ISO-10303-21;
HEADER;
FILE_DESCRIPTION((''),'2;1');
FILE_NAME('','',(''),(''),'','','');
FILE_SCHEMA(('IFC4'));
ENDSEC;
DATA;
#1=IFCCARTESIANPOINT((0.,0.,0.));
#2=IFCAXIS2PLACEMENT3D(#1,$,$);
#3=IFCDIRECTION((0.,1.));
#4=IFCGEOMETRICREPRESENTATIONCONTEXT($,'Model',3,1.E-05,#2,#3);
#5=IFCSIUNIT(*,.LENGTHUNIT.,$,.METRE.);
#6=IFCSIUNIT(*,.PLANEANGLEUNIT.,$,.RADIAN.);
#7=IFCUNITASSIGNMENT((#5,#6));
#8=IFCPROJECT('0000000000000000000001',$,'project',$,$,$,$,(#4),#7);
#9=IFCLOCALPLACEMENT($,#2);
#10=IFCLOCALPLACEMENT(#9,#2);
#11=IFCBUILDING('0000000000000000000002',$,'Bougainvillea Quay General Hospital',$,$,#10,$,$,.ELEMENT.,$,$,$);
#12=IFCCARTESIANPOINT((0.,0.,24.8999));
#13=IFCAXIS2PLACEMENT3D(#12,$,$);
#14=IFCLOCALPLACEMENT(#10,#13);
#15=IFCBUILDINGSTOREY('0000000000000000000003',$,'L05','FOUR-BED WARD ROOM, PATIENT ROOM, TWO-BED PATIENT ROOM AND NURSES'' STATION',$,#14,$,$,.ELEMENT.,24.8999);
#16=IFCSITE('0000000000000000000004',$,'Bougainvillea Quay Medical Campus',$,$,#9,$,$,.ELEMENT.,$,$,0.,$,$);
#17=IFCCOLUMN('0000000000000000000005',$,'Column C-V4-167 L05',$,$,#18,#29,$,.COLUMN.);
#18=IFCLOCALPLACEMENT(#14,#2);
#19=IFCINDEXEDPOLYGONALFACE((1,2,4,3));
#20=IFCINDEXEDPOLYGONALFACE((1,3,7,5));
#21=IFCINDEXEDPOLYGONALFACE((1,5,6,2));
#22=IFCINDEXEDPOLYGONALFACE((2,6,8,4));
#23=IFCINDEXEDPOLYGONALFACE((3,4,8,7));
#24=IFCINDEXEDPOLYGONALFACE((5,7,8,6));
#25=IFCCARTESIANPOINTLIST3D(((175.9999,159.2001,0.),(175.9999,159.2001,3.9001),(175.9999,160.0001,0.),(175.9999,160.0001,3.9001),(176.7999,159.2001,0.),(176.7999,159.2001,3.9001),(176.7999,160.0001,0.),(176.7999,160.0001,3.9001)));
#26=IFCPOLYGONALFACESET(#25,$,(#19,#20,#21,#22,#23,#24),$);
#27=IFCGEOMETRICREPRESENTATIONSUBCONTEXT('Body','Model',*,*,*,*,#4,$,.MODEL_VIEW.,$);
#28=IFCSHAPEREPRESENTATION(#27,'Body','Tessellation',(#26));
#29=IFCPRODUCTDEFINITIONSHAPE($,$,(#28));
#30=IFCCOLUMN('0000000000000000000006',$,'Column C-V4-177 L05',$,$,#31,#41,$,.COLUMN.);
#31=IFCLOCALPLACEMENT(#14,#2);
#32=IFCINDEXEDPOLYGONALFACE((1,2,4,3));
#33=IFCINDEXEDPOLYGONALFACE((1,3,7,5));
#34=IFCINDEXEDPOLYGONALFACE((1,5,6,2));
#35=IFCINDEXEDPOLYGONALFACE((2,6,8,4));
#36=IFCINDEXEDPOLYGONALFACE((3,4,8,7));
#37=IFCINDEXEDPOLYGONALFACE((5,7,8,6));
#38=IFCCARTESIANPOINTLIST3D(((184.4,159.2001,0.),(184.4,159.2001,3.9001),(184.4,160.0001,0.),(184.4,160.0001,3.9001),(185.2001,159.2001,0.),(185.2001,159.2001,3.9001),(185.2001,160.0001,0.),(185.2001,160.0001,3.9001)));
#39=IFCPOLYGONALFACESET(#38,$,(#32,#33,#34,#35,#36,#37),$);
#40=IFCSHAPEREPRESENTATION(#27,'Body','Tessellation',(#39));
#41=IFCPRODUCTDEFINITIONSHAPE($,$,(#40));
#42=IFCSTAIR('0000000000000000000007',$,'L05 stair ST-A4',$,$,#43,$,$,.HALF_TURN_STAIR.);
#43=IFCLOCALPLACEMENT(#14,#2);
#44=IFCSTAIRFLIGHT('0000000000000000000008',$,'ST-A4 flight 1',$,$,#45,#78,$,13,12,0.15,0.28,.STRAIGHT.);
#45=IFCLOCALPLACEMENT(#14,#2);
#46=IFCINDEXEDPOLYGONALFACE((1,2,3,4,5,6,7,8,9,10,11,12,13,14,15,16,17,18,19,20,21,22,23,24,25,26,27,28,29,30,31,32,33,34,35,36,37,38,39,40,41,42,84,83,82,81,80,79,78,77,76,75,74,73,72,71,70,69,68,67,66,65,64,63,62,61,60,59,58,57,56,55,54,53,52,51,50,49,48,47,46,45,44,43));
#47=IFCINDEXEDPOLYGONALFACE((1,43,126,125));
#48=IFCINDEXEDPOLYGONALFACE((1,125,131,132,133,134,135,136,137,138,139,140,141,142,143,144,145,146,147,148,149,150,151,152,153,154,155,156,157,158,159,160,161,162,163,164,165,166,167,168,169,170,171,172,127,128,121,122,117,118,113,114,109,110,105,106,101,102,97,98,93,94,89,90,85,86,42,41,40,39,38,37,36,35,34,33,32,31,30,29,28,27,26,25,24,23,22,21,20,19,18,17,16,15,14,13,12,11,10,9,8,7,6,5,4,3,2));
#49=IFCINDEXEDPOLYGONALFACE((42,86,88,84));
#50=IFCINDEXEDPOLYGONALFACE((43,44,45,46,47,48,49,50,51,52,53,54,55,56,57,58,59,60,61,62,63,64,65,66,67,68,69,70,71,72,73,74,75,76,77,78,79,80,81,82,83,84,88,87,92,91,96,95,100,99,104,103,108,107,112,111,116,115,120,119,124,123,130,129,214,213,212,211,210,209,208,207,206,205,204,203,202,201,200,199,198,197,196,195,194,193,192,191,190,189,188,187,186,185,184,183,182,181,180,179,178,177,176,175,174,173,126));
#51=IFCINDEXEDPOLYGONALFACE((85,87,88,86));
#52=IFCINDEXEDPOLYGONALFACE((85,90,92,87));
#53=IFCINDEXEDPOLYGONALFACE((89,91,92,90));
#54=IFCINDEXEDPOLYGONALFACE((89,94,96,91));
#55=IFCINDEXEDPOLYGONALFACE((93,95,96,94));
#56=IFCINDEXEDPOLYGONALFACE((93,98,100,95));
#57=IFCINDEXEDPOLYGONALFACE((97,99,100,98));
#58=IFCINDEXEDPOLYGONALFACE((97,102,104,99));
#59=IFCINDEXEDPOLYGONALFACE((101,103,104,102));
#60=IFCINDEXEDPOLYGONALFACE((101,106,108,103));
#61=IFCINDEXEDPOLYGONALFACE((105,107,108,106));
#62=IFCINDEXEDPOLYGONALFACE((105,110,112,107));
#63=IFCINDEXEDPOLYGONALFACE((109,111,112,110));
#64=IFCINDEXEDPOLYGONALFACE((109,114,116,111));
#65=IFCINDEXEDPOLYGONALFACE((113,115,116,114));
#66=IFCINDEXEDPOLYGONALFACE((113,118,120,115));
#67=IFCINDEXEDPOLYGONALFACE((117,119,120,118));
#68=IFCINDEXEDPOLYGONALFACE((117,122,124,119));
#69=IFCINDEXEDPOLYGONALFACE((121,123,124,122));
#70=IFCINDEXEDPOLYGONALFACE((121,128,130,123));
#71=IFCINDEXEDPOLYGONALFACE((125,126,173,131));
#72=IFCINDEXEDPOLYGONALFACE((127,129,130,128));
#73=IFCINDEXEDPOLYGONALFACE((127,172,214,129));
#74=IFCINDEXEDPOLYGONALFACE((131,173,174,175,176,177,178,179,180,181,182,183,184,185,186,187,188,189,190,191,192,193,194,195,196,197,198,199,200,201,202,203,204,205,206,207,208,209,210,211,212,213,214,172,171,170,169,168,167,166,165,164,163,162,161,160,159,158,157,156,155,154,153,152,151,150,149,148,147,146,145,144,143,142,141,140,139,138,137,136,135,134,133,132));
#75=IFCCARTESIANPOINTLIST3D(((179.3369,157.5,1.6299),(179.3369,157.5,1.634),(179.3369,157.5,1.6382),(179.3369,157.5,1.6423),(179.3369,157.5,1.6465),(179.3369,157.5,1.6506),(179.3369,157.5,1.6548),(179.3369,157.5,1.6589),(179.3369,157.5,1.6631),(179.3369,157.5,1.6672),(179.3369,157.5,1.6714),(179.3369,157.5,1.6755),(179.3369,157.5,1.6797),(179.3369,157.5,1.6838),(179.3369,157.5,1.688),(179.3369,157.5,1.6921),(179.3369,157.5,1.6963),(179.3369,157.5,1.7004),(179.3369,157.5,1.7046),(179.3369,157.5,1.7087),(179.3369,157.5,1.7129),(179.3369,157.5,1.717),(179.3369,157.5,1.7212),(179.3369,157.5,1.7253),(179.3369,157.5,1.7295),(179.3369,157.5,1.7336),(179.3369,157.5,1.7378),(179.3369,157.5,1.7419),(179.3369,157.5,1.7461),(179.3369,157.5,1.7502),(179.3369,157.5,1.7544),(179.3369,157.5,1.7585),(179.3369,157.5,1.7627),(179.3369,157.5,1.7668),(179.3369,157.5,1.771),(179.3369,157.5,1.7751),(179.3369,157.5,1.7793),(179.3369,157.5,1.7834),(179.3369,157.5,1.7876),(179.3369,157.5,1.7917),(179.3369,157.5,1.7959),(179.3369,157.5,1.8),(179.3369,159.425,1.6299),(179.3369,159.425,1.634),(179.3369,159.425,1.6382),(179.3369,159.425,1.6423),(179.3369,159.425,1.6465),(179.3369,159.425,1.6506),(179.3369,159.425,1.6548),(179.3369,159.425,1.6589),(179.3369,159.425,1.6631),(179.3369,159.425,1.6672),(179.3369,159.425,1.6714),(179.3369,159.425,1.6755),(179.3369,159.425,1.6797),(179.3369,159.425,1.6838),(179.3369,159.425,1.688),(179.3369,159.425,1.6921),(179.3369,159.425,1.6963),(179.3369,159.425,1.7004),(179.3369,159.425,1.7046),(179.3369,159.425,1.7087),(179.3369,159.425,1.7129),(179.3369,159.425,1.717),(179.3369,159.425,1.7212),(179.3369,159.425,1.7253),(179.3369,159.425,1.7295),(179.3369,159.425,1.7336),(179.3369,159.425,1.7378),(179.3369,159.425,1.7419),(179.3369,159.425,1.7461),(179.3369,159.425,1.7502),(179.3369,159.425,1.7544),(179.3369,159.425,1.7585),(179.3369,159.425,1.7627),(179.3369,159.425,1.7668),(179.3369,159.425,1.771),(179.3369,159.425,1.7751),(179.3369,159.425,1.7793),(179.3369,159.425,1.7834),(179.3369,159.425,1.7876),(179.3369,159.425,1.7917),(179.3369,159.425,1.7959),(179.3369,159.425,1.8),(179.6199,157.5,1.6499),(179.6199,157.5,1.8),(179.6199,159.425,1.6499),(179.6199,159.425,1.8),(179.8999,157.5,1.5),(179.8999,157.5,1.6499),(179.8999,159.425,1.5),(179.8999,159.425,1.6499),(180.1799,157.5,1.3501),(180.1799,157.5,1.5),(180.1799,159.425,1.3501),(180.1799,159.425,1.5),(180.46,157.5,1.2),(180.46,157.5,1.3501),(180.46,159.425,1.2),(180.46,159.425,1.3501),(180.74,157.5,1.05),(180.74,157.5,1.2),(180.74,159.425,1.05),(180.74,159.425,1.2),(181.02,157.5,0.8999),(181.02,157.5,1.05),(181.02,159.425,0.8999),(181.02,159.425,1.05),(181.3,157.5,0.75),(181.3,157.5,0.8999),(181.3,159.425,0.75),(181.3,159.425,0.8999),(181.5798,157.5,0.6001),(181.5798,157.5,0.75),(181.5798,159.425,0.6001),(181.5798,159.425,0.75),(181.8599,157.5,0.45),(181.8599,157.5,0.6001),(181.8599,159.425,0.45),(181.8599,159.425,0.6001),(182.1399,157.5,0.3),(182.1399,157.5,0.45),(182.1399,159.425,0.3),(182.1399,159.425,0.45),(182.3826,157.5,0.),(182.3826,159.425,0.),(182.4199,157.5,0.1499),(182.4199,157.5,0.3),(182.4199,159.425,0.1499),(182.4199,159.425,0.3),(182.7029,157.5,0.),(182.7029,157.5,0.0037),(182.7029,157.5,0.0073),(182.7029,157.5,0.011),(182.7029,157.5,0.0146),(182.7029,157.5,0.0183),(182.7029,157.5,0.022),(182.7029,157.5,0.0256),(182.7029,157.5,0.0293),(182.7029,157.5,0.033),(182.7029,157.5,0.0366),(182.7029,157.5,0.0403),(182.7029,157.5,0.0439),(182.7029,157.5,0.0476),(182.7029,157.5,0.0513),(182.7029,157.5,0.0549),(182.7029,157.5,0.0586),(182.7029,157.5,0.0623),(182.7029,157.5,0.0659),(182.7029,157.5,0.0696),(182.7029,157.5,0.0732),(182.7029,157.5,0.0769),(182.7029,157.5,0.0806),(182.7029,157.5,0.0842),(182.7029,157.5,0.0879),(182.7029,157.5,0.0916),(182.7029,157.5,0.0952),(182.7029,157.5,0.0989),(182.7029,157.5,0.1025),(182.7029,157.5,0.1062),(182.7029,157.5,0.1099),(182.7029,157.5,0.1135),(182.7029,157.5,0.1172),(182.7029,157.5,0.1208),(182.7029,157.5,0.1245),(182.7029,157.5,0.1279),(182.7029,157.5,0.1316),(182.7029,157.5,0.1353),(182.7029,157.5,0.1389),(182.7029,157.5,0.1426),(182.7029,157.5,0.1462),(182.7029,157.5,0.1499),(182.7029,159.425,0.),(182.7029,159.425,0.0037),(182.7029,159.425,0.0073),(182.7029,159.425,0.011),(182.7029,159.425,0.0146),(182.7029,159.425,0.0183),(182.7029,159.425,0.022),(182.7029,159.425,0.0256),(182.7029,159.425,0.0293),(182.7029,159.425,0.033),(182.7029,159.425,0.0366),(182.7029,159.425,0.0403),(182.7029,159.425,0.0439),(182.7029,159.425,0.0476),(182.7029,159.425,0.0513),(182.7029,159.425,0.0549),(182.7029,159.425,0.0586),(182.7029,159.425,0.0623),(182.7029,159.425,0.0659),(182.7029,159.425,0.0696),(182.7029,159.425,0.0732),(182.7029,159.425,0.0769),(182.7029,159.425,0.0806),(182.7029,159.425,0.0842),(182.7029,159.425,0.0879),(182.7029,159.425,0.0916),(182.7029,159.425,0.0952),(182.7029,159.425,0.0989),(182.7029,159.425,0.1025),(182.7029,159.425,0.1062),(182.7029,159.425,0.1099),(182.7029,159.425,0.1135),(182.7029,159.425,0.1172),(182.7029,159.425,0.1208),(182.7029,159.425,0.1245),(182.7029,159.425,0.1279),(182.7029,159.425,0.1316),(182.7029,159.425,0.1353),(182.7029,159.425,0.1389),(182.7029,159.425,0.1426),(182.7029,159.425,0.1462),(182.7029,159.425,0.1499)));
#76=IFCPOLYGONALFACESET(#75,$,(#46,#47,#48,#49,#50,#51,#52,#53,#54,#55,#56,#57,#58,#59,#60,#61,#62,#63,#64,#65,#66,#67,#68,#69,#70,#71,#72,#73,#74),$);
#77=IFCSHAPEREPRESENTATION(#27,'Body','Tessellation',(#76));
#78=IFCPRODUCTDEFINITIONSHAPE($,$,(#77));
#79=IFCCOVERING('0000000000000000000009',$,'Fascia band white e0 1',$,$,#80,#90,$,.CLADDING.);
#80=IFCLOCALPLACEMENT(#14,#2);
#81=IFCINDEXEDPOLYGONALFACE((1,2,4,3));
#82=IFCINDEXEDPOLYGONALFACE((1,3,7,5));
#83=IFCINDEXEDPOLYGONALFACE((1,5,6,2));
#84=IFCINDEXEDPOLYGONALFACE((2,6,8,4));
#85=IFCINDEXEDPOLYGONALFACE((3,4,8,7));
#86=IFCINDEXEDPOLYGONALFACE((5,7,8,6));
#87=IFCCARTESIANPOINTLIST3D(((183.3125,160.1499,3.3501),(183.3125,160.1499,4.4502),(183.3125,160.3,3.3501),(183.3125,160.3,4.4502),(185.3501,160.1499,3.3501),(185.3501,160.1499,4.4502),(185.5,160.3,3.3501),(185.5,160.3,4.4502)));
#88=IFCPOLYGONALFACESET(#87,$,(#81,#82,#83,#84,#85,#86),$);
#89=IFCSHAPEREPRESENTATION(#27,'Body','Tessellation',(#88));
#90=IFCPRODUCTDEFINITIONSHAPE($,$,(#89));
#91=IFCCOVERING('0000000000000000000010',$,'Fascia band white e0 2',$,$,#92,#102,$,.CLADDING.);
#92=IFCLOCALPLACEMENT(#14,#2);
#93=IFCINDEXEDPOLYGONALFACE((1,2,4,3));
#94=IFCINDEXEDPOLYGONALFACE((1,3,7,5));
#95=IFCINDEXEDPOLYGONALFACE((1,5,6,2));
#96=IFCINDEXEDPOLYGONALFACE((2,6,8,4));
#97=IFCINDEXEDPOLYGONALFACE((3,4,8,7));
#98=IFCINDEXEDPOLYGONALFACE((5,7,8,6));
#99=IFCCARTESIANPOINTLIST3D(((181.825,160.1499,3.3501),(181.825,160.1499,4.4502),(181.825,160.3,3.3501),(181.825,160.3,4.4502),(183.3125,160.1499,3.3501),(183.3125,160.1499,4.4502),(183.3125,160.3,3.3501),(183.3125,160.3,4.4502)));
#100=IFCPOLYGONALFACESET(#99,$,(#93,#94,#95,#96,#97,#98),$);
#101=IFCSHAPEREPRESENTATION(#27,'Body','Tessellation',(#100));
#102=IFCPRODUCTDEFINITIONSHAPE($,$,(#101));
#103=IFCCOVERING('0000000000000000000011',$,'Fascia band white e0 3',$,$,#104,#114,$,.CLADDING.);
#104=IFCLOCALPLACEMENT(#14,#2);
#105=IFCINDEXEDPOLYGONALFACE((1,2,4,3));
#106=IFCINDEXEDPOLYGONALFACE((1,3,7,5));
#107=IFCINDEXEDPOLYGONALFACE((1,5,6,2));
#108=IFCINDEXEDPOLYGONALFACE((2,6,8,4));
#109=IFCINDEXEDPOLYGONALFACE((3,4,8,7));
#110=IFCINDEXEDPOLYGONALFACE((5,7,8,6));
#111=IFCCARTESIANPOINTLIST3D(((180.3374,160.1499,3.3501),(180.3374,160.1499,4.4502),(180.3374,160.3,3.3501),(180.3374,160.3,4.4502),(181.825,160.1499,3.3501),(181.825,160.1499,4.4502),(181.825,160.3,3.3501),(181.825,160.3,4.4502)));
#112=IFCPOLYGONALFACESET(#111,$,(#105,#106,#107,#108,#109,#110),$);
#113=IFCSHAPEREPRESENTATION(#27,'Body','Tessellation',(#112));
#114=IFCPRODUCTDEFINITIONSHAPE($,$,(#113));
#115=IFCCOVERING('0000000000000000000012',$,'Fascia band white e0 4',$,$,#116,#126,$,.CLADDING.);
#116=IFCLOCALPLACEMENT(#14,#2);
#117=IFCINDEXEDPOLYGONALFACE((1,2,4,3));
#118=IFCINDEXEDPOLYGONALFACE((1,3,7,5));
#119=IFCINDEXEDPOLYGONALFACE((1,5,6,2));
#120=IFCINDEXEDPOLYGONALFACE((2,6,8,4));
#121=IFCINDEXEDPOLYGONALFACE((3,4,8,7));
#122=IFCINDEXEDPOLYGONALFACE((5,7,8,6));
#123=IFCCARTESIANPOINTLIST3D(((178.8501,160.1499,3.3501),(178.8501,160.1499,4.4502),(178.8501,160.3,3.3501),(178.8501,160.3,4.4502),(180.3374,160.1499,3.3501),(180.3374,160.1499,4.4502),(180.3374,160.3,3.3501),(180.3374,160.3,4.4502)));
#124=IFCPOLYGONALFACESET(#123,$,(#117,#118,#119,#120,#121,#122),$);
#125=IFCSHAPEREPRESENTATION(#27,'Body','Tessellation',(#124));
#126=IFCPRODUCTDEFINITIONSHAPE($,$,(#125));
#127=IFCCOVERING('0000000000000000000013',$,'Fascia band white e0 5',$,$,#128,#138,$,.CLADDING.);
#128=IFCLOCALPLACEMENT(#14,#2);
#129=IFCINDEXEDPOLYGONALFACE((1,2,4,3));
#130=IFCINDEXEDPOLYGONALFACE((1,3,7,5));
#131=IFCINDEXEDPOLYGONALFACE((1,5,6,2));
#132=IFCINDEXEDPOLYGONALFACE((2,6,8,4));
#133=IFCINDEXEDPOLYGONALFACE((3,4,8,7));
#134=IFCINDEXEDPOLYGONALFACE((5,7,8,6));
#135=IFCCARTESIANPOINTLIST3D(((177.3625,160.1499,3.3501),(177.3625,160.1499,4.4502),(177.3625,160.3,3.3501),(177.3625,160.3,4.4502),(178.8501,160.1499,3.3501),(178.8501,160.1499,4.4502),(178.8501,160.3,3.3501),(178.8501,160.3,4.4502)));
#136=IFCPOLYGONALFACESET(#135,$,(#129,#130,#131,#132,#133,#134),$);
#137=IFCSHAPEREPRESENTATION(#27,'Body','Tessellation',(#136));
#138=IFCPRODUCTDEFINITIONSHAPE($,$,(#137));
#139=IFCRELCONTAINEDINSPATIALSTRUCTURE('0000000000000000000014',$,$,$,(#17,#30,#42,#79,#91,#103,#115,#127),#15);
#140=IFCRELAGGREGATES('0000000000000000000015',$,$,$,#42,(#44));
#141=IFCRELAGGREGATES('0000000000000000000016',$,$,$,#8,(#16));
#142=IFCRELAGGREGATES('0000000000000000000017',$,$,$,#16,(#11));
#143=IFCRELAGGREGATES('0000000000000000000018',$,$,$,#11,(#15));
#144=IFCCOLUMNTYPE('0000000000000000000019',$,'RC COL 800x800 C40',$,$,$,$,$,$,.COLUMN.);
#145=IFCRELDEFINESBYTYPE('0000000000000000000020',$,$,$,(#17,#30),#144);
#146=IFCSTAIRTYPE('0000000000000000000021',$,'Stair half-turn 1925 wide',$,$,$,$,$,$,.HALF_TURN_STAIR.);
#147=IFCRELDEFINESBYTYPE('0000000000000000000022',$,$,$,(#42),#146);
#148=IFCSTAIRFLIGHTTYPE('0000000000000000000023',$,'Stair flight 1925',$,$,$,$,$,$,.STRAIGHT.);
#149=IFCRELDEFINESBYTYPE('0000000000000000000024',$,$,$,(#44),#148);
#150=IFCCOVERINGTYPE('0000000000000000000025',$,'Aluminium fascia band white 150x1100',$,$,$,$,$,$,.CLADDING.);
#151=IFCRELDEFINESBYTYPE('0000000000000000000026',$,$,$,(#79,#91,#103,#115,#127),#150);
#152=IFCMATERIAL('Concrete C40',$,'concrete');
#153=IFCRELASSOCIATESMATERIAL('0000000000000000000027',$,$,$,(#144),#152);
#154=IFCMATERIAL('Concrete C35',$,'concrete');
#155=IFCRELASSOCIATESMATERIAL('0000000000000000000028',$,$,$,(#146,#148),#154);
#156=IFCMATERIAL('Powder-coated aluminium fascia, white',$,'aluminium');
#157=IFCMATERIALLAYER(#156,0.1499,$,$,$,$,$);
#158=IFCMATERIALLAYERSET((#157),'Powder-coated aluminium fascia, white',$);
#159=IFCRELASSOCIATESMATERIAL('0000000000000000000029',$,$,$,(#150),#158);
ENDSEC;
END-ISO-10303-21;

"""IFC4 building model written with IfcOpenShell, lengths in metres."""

from ifc_helpers import new_model, si_unit, direction, frame, origin, origin_2d, place, context, subcontext, project, spatial, polyline, rectangle, outline, extrude, material, layer, layer_set, material_profile, profile_set, type_object, element, aggregate, save


model = new_model("IFC4")

# Units and contexts
model_context = context("Model", 3, precision=1e-05, world=origin(), true_north=direction((0.0, 1.0)))
body_context = subcontext(model_context, "Body", "Model", "MODEL_VIEW")
ifc_project = project(units=[si_unit("LENGTHUNIT", "METRE"), si_unit("PLANEANGLEUNIT", "RADIAN")], contexts=[model_context])

# Site, building, storey
site_placement = place(None, origin())
site = spatial("IfcSite", under=ifc_project, at=site_placement, Name="Bougainvillea Quay Medical Campus", CompositionType="ELEMENT", RefElevation=0.0)
building_placement = place(site_placement, origin())
building = spatial("IfcBuilding", under=site, at=building_placement, Name="Bougainvillea Quay General Hospital", CompositionType="ELEMENT")
storey_placement = place(building_placement, frame((0.0, 0.0, 24.8999)))
storey = spatial("IfcBuildingStorey", under=building, at=storey_placement, Name="L05", Description="FOUR-BED WARD ROOM, PATIENT ROOM, TWO-BED PATIENT ROOM AND NURSES' STATION", CompositionType="ELEMENT", Elevation=24.8999)

# Columns
ifc_material_1 = material(Name="Concrete C40", Category="concrete")
ifc_material_profile_1 = material_profile(ifc_material_1, rectangle(XDim=0.8, YDim=0.8, at=origin_2d()))
ifc_profile_set_1 = profile_set([ifc_material_profile_1], Name="Concrete C40")
column_type = type_object("IfcColumnType", Name="RC COL 800x800 C40", PredefinedType="COLUMN", material=ifc_profile_set_1)
for number, where, z_axis, x_axis, name in (
    (1, (176.3999, 159.6001, 0.0), (0.0, 0.0, 1.0), (1.0, 0.0, 0.0), "Column C-V4-167 L05"),
    (2, (184.8, 159.6001, 0.0), (0.0, 0.0, 1.0), (1.0, 0.0, 0.0), "Column C-V4-177 L05"),
):
    element("IfcColumn", number, at=place(storey_placement, frame(where, z_axis=z_axis, x_axis=x_axis)), inside=storey, type_object=column_type, Name=name, PredefinedType="COLUMN", context=body_context, shape_type="SweptSolid", body=[
        extrude(rectangle(XDim=0.8, YDim=0.8, at=origin_2d()), origin(), (0.0, 0.0, 1.0), 3.9001),
    ])

# Stair, stair flight
ifc_material_2 = material(Name="Concrete C35", Category="concrete")
stair_type = type_object("IfcStairType", Name="Stair half-turn 1925 wide", PredefinedType="HALF_TURN_STAIR", material=ifc_material_2)
stair_placement = place(storey_placement, origin())
stair = element("IfcStair", 3, at=stair_placement, inside=storey, type_object=stair_type, Name="L05 stair ST-A4", PredefinedType="HALF_TURN_STAIR")
stair_flight_type = type_object("IfcStairFlightType", Name="Stair flight 1925", PredefinedType="STRAIGHT", material=ifc_material_2)
stair_flight_1_placement = place(storey_placement, frame((182.7, 158.4624, 0.0), z_axis=(0.0, 0.0, 1.0), x_axis=(-1.0, 0.0, 0.0)))
stair_flight_1 = element("IfcStairFlight", 4, at=stair_flight_1_placement, type_object=stair_flight_type, Name="ST-A4 flight 1", NumberOfRisers=13, NumberOfTreads=12, PredefinedType="STRAIGHT", RiserHeight=0.15, TreadLength=0.28, context=body_context, shape_type="SweptSolid", body=[
    extrude(outline(polyline([(-0.0029, 0.0), (-0.0029, 0.0037), (-0.0029, 0.0073), (-0.0029, 0.011), (-0.0029, 0.0146), (-0.0029, 0.0183), (-0.0029, 0.022), (-0.0029, 0.0256), (-0.0029, 0.0293), (-0.0029, 0.033), (-0.0029, 0.0366), (-0.0029, 0.0403), (-0.0029, 0.0439), (-0.0029, 0.0476), (-0.0029, 0.0513), (-0.0029, 0.0549), (-0.0029, 0.0586), (-0.0029, 0.0623), (-0.0029, 0.0659), (-0.0029, 0.0696), (-0.0029, 0.0732), (-0.0029, 0.0769), (-0.0029, 0.0806), (-0.0029, 0.0842), (-0.0029, 0.0879), (-0.0029, 0.0916), (-0.0029, 0.0952), (-0.0029, 0.0989), (-0.0029, 0.1025), (-0.0029, 0.1062), (-0.0029, 0.1099), (-0.0029, 0.1135), (-0.0029, 0.1172), (-0.0029, 0.1208), (-0.0029, 0.1245), (-0.0029, 0.1279), (-0.0029, 0.1316), (-0.0029, 0.1353), (-0.0029, 0.1389), (-0.0029, 0.1426), (-0.0029, 0.1462), (-0.0029, 0.1499), (0.28, 0.1499), (0.28, 0.3), (0.5601, 0.3), (0.5601, 0.45), (0.8401, 0.45), (0.8401, 0.6001), (1.1201, 0.6001), (1.1201, 0.75), (1.3999, 0.75), (1.3999, 0.8999), (1.6799, 0.8999), (1.6799, 1.05), (1.96, 1.05), (1.96, 1.2), (2.24, 1.2), (2.24, 1.3501), (2.52, 1.3501), (2.52, 1.5), (2.8, 1.5), (2.8, 1.6499), (3.0801, 1.6499), (3.0801, 1.8), (3.363, 1.8), (3.363, 1.7959), (3.363, 1.7917), (3.363, 1.7876), (3.363, 1.7834), (3.363, 1.7793), (3.363, 1.7751), (3.363, 1.771), (3.363, 1.7668), (3.363, 1.7627), (3.363, 1.7585), (3.363, 1.7544), (3.363, 1.7502), (3.363, 1.7461), (3.363, 1.7419), (3.363, 1.7378), (3.363, 1.7336), (3.363, 1.7295), (3.363, 1.7253), (3.363, 1.7212), (3.363, 1.717), (3.363, 1.7129), (3.363, 1.7087), (3.363, 1.7046), (3.363, 1.7004), (3.363, 1.6963), (3.363, 1.6921), (3.363, 1.688), (3.363, 1.6838), (3.363, 1.6797), (3.363, 1.6755), (3.363, 1.6714), (3.363, 1.6672), (3.363, 1.6631), (3.363, 1.6589), (3.363, 1.6548), (3.363, 1.6506), (3.363, 1.6465), (3.363, 1.6423), (3.363, 1.6382), (3.363, 1.634), (3.363, 1.6299), (0.3174, 0.0), (-0.0029, 0.0)])), frame((0.0, 0.9624, 0.0), z_axis=(0.0, -1.0, 0.0), x_axis=(1.0, 0.0, 0.0)), (0.0, 0.0, 1.0), 1.925),
])
aggregate(stair, [stair_flight_1])

# Coverings
ifc_material_3 = material(Name="Powder-coated aluminium fascia, white", Category="aluminium")
ifc_layer = layer(ifc_material_3, 0.1499)
ifc_layer_set = layer_set([ifc_layer], Name="Powder-coated aluminium fascia, white")
covering_type = type_object("IfcCoveringType", Name="Aluminium fascia band white 150x1100", PredefinedType="CLADDING", material=ifc_layer_set)
covering_1_placement = place(storey_placement, frame((185.3501, 160.1499, 3.3501), z_axis=(0.0, 0.0, 1.0), x_axis=(-1.0, 0.0, 0.0)))
element("IfcCovering", 5, at=covering_1_placement, inside=storey, type_object=covering_type, Name="Fascia band white e0 1", PredefinedType="CLADDING", context=body_context, shape_type="SweptSolid", body=[
    extrude(outline(polyline([(0.0, 0.0), (2.0376, 0.0), (2.0376, -0.1501), (-0.1499, -0.1501), (0.0, 0.0)])), origin(), (0.0, 0.0, 1.0), 1.1001),
])
for number, where, z_axis, x_axis, name in (
    (6, (183.3125, 160.1499, 3.3501), (0.0, 0.0, 1.0), (-1.0, 0.0, 0.0), "Fascia band white e0 2"),
    (7, (181.825, 160.1499, 3.3501), (0.0, 0.0, 1.0), (-1.0, 0.0, 0.0), "Fascia band white e0 3"),
):
    element("IfcCovering", number, at=place(storey_placement, frame(where, z_axis=z_axis, x_axis=x_axis)), inside=storey, type_object=covering_type, Name=name, PredefinedType="CLADDING", context=body_context, shape_type="SweptSolid", body=[
        extrude(outline(polyline([(0.0, 0.0), (1.4875, 0.0), (1.4875, -0.1501), (0.0, -0.1501), (0.0, 0.0)])), origin(), (0.0, 0.0, 1.0), 1.1001),
    ])
covering_2_placement = place(storey_placement, frame((180.3374, 160.1499, 3.3501), z_axis=(0.0, 0.0, 1.0), x_axis=(-1.0, 0.0, 0.0)))
element("IfcCovering", 8, at=covering_2_placement, inside=storey, type_object=covering_type, Name="Fascia band white e0 4", PredefinedType="CLADDING", context=body_context, shape_type="SweptSolid", body=[
    extrude(outline(polyline([(0.0, 0.0), (1.4873, 0.0), (1.4873, -0.1501), (0.0, -0.1501), (0.0, 0.0)])), origin(), (0.0, 0.0, 1.0), 1.1001),
])
for number, where, z_axis, x_axis, name in (
    (9, (178.8501, 160.1499, 3.3501), (0.0, 0.0, 1.0), (-1.0, 0.0, 0.0), "Fascia band white e0 5"),
):
    element("IfcCovering", number, at=place(storey_placement, frame(where, z_axis=z_axis, x_axis=x_axis)), inside=storey, type_object=covering_type, Name=name, PredefinedType="CLADDING", context=body_context, shape_type="SweptSolid", body=[
        extrude(outline(polyline([(0.0, 0.0), (1.4875, 0.0), (1.4875, -0.1501), (0.0, -0.1501), (0.0, 0.0)])), origin(), (0.0, 0.0, 1.0), 1.1001),
    ])

save(model, "model.ifc")
